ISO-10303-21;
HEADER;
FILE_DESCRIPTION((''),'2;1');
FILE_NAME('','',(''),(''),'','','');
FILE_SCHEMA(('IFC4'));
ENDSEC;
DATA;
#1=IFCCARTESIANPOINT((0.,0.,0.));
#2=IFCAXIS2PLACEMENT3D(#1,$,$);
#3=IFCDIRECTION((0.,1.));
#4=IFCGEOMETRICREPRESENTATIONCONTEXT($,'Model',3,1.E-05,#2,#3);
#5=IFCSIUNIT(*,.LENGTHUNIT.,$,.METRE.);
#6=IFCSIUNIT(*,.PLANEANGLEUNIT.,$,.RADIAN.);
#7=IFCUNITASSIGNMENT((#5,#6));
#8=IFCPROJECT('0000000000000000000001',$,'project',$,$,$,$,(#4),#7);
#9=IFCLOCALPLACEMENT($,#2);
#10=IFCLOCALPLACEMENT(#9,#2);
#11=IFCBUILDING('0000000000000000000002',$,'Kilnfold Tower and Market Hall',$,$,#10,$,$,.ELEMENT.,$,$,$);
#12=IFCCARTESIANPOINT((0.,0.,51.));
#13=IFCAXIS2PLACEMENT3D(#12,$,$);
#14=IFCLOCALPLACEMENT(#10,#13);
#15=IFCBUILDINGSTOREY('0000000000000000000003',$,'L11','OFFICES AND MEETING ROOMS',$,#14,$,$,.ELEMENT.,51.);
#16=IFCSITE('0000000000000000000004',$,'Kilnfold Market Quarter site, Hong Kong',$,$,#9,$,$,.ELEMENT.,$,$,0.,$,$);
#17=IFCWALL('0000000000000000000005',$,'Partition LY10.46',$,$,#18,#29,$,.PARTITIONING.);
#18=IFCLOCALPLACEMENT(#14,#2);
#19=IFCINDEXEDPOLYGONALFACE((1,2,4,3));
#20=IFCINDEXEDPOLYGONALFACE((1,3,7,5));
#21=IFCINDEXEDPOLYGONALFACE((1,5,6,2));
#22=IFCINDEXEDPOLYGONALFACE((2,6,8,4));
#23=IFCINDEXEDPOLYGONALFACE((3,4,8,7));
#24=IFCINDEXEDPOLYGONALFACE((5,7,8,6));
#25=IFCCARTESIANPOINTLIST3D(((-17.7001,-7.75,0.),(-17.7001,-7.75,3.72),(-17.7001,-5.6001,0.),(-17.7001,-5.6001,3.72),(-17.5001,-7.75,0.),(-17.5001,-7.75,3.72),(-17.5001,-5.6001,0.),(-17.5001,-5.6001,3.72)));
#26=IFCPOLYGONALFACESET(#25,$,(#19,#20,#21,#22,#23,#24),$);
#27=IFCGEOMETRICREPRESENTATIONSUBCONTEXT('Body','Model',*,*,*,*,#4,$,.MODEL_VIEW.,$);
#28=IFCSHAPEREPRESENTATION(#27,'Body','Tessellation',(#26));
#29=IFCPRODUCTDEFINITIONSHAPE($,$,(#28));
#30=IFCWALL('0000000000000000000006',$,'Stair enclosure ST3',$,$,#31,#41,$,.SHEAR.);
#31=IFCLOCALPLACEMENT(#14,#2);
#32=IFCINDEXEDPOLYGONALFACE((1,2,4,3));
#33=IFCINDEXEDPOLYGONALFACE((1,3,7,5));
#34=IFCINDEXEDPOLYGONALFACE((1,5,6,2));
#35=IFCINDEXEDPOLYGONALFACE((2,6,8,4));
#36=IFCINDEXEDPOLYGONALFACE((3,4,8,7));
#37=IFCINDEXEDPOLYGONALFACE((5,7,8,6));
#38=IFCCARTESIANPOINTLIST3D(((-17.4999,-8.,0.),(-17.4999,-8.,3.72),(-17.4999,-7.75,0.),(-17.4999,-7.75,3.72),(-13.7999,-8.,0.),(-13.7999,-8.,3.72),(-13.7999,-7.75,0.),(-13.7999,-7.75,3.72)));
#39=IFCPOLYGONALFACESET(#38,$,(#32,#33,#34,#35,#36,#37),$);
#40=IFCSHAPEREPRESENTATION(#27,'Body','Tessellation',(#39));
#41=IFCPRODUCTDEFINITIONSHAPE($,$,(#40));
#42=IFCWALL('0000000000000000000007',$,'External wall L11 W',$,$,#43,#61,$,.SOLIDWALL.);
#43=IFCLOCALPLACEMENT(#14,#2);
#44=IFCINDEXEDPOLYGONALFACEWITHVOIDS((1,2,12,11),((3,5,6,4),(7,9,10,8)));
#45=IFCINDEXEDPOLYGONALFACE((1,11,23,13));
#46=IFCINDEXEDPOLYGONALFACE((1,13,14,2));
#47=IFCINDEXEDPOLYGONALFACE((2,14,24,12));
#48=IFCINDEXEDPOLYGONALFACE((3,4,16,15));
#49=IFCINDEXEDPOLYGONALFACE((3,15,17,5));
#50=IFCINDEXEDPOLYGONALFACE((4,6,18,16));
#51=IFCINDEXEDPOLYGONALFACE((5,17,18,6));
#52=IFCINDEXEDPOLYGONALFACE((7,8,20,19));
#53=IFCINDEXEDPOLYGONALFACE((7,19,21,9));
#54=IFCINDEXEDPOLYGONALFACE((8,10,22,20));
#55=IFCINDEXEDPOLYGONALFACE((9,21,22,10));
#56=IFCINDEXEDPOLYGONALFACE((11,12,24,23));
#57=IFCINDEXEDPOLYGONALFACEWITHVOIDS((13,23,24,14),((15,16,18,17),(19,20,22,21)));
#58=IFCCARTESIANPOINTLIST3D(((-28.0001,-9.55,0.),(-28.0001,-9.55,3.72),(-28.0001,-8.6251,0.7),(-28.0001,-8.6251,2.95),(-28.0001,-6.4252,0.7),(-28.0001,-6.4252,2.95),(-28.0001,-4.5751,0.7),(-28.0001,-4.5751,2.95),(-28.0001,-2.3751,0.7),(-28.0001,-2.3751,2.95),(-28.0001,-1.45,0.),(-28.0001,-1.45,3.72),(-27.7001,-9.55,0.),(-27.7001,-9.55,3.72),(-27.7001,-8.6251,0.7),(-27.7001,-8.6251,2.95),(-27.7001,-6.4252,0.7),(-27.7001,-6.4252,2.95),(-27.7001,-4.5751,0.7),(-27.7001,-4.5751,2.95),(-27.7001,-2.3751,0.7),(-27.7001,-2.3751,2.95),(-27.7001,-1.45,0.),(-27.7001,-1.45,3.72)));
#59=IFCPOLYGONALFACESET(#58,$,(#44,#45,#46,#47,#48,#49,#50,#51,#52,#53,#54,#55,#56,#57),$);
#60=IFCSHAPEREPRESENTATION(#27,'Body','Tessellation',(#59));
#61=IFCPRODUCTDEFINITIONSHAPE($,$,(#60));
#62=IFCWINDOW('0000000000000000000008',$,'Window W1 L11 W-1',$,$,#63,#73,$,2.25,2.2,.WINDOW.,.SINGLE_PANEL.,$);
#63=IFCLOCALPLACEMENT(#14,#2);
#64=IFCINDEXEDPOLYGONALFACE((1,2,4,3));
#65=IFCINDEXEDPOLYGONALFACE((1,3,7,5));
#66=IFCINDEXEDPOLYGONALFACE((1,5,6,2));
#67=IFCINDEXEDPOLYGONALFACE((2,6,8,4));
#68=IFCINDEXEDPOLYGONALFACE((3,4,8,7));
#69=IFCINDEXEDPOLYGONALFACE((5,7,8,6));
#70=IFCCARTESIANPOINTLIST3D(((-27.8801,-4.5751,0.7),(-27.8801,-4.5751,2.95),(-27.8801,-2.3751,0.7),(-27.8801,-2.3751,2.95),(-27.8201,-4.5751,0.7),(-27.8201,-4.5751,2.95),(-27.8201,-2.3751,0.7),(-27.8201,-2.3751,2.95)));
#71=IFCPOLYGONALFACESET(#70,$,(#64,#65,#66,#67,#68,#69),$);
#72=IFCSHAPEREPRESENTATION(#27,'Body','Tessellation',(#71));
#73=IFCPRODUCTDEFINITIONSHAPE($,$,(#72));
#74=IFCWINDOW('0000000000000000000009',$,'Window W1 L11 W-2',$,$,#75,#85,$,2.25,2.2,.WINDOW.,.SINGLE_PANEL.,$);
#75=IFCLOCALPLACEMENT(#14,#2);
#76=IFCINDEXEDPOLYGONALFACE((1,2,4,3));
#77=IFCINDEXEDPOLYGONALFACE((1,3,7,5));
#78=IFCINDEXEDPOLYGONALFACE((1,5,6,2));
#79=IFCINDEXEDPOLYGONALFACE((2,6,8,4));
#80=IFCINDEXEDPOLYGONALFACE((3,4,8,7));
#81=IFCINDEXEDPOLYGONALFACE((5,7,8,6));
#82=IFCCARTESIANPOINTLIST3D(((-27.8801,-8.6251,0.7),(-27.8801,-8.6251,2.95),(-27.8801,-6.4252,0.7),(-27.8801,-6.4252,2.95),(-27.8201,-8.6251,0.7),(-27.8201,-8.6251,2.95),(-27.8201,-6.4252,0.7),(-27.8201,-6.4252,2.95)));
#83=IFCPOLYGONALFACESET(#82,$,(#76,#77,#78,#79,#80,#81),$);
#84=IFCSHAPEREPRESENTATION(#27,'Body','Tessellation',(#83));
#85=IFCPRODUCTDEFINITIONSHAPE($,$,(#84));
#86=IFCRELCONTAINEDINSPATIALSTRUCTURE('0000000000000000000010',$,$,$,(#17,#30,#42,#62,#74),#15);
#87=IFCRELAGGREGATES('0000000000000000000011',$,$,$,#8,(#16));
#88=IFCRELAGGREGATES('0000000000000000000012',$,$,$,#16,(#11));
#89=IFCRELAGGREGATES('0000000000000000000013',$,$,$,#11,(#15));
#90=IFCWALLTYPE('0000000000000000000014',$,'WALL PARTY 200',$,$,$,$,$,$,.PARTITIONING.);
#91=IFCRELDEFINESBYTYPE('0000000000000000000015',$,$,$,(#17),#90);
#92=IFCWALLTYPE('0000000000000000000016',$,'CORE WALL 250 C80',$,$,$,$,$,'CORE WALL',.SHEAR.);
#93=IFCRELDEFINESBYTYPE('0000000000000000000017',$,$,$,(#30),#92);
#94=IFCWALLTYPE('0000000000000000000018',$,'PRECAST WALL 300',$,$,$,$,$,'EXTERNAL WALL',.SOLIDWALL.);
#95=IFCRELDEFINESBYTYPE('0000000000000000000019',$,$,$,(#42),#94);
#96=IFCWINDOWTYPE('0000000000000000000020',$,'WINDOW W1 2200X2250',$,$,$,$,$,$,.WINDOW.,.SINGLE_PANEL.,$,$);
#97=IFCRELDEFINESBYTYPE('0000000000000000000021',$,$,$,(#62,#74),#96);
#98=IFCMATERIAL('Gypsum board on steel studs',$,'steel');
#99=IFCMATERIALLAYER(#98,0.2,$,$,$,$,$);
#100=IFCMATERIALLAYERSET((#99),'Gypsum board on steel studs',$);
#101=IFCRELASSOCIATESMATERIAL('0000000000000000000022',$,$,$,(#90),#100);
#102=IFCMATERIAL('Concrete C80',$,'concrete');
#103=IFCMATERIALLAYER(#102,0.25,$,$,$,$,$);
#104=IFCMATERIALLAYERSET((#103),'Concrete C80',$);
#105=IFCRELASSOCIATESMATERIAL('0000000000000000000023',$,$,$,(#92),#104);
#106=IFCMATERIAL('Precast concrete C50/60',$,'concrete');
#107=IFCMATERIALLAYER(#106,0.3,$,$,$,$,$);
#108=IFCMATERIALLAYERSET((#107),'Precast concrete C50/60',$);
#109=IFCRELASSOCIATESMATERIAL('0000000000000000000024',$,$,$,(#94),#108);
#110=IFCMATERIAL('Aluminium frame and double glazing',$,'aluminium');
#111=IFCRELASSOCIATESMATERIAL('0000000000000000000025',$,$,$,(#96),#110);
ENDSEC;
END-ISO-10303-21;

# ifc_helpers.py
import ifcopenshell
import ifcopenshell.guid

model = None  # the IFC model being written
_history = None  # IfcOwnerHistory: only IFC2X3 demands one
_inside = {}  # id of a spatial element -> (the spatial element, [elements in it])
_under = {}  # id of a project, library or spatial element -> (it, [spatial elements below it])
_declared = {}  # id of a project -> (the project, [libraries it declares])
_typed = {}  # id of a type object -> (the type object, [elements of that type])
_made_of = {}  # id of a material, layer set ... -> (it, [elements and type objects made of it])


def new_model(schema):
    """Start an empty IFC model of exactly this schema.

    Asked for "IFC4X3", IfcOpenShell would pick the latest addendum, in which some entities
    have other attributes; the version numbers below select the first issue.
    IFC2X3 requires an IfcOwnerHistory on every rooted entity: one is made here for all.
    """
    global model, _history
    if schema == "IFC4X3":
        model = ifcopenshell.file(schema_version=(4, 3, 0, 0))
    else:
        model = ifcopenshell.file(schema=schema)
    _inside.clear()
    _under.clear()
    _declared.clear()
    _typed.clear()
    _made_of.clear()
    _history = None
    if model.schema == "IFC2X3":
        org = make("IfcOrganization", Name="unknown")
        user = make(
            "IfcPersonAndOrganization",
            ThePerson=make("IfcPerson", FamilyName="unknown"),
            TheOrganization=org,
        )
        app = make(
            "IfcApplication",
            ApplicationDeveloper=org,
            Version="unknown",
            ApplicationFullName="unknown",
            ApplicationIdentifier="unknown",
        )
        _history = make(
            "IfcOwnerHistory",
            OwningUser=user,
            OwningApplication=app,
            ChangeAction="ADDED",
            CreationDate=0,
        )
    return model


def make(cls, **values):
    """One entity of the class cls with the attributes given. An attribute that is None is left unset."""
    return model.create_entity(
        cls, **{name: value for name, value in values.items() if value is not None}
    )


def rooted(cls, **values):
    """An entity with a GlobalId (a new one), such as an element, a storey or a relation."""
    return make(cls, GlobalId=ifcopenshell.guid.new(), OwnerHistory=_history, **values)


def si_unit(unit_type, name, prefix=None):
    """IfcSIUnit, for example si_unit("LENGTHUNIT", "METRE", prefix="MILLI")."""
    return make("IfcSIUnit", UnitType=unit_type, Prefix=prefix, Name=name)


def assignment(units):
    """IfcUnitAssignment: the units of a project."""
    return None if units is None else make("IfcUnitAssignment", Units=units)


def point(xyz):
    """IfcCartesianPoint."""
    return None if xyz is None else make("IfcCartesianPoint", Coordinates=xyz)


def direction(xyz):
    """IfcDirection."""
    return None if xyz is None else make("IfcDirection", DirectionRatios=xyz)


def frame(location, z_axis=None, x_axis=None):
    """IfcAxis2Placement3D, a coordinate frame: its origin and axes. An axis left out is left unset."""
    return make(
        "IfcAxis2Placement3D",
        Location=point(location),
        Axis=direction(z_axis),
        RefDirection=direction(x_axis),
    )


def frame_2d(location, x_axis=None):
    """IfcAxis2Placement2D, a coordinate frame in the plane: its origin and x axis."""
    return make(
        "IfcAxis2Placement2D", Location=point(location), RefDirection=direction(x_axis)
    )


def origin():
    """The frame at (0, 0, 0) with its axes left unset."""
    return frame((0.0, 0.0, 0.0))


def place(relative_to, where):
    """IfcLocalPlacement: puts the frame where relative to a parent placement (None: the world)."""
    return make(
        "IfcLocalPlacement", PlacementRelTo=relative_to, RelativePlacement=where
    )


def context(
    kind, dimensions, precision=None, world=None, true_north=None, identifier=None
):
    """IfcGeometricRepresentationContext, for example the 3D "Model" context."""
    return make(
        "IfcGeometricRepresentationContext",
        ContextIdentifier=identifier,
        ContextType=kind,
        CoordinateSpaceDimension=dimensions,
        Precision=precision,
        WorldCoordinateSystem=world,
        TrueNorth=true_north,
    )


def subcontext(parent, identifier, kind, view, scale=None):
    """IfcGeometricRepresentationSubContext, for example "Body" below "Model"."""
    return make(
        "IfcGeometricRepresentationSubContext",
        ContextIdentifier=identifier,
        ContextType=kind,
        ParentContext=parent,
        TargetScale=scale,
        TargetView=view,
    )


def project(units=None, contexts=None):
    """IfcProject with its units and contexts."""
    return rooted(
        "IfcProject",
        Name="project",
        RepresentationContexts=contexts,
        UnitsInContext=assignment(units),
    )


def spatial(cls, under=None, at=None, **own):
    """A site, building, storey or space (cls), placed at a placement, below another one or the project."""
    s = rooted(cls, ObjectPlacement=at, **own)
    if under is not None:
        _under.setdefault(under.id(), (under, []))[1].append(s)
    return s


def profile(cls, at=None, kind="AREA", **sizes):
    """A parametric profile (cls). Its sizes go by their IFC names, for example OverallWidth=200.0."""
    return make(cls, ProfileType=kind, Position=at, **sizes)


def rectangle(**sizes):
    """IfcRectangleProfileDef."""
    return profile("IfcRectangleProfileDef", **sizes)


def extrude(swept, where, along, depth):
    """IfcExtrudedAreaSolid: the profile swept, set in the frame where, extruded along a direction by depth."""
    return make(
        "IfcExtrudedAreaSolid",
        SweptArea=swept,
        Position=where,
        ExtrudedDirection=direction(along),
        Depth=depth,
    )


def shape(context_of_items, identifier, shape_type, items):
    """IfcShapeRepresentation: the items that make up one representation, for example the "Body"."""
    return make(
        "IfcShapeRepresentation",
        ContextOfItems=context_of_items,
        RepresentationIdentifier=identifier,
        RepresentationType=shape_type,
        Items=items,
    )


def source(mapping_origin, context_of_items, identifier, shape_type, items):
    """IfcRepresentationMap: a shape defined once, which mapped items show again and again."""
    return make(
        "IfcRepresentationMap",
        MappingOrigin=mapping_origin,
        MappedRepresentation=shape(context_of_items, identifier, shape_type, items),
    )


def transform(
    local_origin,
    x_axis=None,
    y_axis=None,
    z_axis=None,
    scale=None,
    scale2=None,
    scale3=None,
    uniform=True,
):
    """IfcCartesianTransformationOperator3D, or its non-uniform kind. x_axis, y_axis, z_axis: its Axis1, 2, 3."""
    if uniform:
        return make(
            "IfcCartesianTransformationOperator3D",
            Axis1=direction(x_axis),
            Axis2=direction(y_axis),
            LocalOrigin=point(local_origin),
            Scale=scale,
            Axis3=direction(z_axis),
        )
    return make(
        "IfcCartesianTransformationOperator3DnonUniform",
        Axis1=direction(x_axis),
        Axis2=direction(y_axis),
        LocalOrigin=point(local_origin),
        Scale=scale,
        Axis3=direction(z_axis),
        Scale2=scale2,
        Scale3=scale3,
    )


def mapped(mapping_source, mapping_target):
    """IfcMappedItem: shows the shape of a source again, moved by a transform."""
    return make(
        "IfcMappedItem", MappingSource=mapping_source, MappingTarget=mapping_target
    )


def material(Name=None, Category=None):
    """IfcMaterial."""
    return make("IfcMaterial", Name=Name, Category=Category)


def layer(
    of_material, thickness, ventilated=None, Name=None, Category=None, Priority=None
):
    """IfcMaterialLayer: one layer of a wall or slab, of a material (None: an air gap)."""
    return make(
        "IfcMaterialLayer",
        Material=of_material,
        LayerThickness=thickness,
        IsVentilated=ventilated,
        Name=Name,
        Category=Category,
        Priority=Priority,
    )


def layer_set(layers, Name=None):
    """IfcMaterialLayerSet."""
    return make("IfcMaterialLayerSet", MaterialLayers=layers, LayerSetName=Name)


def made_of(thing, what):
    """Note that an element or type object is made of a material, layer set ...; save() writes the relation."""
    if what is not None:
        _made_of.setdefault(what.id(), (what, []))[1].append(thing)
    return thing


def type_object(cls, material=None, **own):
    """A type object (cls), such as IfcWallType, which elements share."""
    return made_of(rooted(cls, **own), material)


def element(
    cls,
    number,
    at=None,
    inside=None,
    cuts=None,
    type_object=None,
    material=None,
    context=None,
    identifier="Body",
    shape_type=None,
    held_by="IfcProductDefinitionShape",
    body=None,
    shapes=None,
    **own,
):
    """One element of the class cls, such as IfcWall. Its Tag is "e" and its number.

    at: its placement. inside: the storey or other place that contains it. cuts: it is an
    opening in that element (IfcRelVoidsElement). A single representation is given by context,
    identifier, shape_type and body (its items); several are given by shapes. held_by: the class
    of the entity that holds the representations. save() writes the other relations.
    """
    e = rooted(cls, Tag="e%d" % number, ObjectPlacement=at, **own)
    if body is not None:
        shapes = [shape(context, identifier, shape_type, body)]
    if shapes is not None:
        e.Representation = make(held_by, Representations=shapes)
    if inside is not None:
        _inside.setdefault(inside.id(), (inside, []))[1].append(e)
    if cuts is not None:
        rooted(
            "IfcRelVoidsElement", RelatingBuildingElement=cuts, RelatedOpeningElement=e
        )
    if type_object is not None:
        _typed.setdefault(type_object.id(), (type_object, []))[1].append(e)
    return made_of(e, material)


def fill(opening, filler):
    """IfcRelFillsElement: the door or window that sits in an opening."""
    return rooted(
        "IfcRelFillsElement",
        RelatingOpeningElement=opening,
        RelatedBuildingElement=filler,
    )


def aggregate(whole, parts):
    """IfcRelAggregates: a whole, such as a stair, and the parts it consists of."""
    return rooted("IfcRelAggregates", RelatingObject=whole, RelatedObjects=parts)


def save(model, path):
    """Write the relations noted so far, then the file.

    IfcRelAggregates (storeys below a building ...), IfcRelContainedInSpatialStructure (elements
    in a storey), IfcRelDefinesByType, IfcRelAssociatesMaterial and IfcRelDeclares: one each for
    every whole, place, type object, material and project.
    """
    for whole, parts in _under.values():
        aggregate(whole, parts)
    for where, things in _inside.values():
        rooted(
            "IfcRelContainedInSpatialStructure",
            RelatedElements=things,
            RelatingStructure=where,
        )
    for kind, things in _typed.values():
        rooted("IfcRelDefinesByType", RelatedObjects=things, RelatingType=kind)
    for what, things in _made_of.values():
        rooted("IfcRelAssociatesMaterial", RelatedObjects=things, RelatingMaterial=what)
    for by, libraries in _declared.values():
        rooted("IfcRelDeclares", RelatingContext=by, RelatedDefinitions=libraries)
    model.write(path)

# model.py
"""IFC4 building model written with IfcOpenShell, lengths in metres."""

from ifc_helpers import new_model, si_unit, direction, frame, frame_2d, origin, place, context, subcontext, project, spatial, rectangle, extrude, source, transform, mapped, material, layer, layer_set, type_object, element, fill, save


model = new_model("IFC4")

# Units and contexts
model_context = context("Model", 3, precision=1e-05, world=origin(), true_north=direction((0.0, 1.0)))
body_context = subcontext(model_context, "Body", "Model", "MODEL_VIEW")
ifc_project = project(units=[si_unit("LENGTHUNIT", "METRE"), si_unit("PLANEANGLEUNIT", "RADIAN")], contexts=[model_context])

# Site, building, storey
site_placement = place(None, origin())
site = spatial("IfcSite", under=ifc_project, at=site_placement, Name="Kilnfold Market Quarter site, Hong Kong", CompositionType="ELEMENT", RefElevation=0.0)
building_placement = place(site_placement, origin())
building = spatial("IfcBuilding", under=site, at=building_placement, Name="Kilnfold Tower and Market Hall", CompositionType="ELEMENT")
storey_placement = place(building_placement, frame((0.0, 0.0, 51.0)))
storey = spatial("IfcBuildingStorey", under=building, at=storey_placement, Name="L11", Description="OFFICES AND MEETING ROOMS", CompositionType="ELEMENT", Elevation=51.0)

# Walls
ifc_material_1 = material(Name="Gypsum board on steel studs", Category="steel")
ifc_layer_1 = layer(ifc_material_1, 0.2)
ifc_layer_set_1 = layer_set([ifc_layer_1], Name="Gypsum board on steel studs")
wall_type_1 = type_object("IfcWallType", Name="WALL PARTY 200", PredefinedType="PARTITIONING", material=ifc_layer_set_1)
wall_1_placement = place(storey_placement, frame((-17.6001, -7.75, 0.0), z_axis=(0.0, 0.0, 1.0), x_axis=(0.0, 1.0, 0.0)))
element("IfcWall", 1, at=wall_1_placement, inside=storey, type_object=wall_type_1, Name="Partition LY10.46", PredefinedType="PARTITIONING", context=body_context, shape_type="SweptSolid", body=[
    extrude(rectangle(XDim=2.1499, YDim=0.2, at=frame_2d((1.075, 0.0))), origin(), (0.0, 0.0, 1.0), 3.72),
])
ifc_material_2 = material(Name="Concrete C80", Category="concrete")
ifc_layer_2 = layer(ifc_material_2, 0.25)
ifc_layer_set_2 = layer_set([ifc_layer_2], Name="Concrete C80")
wall_type_2 = type_object("IfcWallType", Name="CORE WALL 250 C80", ElementType="CORE WALL", PredefinedType="SHEAR", material=ifc_layer_set_2)
shared_shape_1 = source(origin(), body_context, "Body", "SweptSolid", [
    extrude(rectangle(XDim=3.7, YDim=0.25, at=frame_2d((1.8501, 0.0))), origin(), (0.0, 0.0, 1.0), 3.72),
])
wall_2_placement = place(storey_placement, frame((-17.5, -7.875, 0.0), z_axis=(0.0, 0.0, 1.0), x_axis=(1.0, 0.0, 0.0)))
element("IfcWall", 2, at=wall_2_placement, inside=storey, type_object=wall_type_2, Name="Stair enclosure ST3", PredefinedType="SHEAR", context=body_context, shape_type="MappedRepresentation", body=[
    mapped(shared_shape_1, transform((0.0, 0.0, 0.0))),
])

# Wall, openings, windows
ifc_material_3 = material(Name="Precast concrete C50/60", Category="concrete")
ifc_layer_3 = layer(ifc_material_3, 0.3)
ifc_layer_set_3 = layer_set([ifc_layer_3], Name="Precast concrete C50/60")
wall_type_3 = type_object("IfcWallType", Name="PRECAST WALL 300", ElementType="EXTERNAL WALL", PredefinedType="SOLIDWALL", material=ifc_layer_set_3)
shared_shape_2 = source(origin(), body_context, "Body", "SweptSolid", [
    extrude(rectangle(XDim=8.1001, YDim=0.3, at=frame_2d((4.05, 0.0))), origin(), (0.0, 0.0, 1.0), 3.72),
])
wall_3_placement = place(storey_placement, frame((-27.8501, -1.45, 0.0), z_axis=(0.0, 0.0, 1.0), x_axis=(0.0, -1.0, 0.0)))
wall_3 = element("IfcWall", 3, at=wall_3_placement, inside=storey, type_object=wall_type_3, Name="External wall L11 W", PredefinedType="SOLIDWALL", context=body_context, shape_type="MappedRepresentation", body=[
    mapped(shared_shape_2, transform((0.0, 0.0, 0.0))),
])
opening_1_placement = place(wall_3_placement, frame((0.925, 0.0, 0.7)))
opening_1 = element("IfcOpeningElement", 4, at=opening_1_placement, cuts=wall_3, PredefinedType="OPENING", context=body_context, shape_type="SweptSolid", body=[
    extrude(rectangle(XDim=2.2, YDim=2.25, at=frame_2d((1.1001, 1.125))), frame((0.0, 0.1602, 0.0), z_axis=(0.0, -1.0, 0.0), x_axis=(1.0, 0.0, 0.0)), (0.0, 0.0, 1.0), 0.3201),
])
opening_2_placement = place(wall_3_placement, frame((4.9751, 0.0, 0.7)))
opening_2 = element("IfcOpeningElement", 5, at=opening_2_placement, cuts=wall_3, PredefinedType="OPENING", context=body_context, shape_type="SweptSolid", body=[
    extrude(rectangle(XDim=2.2, YDim=2.25, at=frame_2d((1.1001, 1.125))), frame((0.0, 0.1602, 0.0), z_axis=(0.0, -1.0, 0.0), x_axis=(1.0, 0.0, 0.0)), (0.0, 0.0, 1.0), 0.3201),
])
ifc_material_4 = material(Name="Aluminium frame and double glazing", Category="aluminium")
window_type = type_object("IfcWindowType", Name="WINDOW W1 2200X2250", PartitioningType="SINGLE_PANEL", PredefinedType="WINDOW", material=ifc_material_4)
window_1_placement = place(opening_1_placement, origin())
window_1 = element("IfcWindow", 6, at=window_1_placement, inside=storey, type_object=window_type, Name="Window W1 L11 W-1", OverallHeight=2.25, OverallWidth=2.2, PartitioningType="SINGLE_PANEL", PredefinedType="WINDOW", context=body_context, shape_type="SweptSolid", body=[
    extrude(rectangle(XDim=2.2, YDim=2.25, at=frame_2d((1.1001, 1.125))), frame((0.0, 0.03, 0.0), z_axis=(0.0, -1.0, 0.0), x_axis=(1.0, 0.0, 0.0)), (0.0, 0.0, 1.0), 0.0601),
])
fill(opening_1, window_1)
window_2_placement = place(opening_2_placement, origin())
window_2 = element("IfcWindow", 7, at=window_2_placement, inside=storey, type_object=window_type, Name="Window W1 L11 W-2", OverallHeight=2.25, OverallWidth=2.2, PartitioningType="SINGLE_PANEL", PredefinedType="WINDOW", context=body_context, shape_type="SweptSolid", body=[
    extrude(rectangle(XDim=2.2, YDim=2.25, at=frame_2d((1.1001, 1.125))), frame((0.0, 0.03, 0.0), z_axis=(0.0, -1.0, 0.0), x_axis=(1.0, 0.0, 0.0)), (0.0, 0.0, 1.0), 0.0601),
])
fill(opening_2, window_2)

save(model, "model.ifc")
